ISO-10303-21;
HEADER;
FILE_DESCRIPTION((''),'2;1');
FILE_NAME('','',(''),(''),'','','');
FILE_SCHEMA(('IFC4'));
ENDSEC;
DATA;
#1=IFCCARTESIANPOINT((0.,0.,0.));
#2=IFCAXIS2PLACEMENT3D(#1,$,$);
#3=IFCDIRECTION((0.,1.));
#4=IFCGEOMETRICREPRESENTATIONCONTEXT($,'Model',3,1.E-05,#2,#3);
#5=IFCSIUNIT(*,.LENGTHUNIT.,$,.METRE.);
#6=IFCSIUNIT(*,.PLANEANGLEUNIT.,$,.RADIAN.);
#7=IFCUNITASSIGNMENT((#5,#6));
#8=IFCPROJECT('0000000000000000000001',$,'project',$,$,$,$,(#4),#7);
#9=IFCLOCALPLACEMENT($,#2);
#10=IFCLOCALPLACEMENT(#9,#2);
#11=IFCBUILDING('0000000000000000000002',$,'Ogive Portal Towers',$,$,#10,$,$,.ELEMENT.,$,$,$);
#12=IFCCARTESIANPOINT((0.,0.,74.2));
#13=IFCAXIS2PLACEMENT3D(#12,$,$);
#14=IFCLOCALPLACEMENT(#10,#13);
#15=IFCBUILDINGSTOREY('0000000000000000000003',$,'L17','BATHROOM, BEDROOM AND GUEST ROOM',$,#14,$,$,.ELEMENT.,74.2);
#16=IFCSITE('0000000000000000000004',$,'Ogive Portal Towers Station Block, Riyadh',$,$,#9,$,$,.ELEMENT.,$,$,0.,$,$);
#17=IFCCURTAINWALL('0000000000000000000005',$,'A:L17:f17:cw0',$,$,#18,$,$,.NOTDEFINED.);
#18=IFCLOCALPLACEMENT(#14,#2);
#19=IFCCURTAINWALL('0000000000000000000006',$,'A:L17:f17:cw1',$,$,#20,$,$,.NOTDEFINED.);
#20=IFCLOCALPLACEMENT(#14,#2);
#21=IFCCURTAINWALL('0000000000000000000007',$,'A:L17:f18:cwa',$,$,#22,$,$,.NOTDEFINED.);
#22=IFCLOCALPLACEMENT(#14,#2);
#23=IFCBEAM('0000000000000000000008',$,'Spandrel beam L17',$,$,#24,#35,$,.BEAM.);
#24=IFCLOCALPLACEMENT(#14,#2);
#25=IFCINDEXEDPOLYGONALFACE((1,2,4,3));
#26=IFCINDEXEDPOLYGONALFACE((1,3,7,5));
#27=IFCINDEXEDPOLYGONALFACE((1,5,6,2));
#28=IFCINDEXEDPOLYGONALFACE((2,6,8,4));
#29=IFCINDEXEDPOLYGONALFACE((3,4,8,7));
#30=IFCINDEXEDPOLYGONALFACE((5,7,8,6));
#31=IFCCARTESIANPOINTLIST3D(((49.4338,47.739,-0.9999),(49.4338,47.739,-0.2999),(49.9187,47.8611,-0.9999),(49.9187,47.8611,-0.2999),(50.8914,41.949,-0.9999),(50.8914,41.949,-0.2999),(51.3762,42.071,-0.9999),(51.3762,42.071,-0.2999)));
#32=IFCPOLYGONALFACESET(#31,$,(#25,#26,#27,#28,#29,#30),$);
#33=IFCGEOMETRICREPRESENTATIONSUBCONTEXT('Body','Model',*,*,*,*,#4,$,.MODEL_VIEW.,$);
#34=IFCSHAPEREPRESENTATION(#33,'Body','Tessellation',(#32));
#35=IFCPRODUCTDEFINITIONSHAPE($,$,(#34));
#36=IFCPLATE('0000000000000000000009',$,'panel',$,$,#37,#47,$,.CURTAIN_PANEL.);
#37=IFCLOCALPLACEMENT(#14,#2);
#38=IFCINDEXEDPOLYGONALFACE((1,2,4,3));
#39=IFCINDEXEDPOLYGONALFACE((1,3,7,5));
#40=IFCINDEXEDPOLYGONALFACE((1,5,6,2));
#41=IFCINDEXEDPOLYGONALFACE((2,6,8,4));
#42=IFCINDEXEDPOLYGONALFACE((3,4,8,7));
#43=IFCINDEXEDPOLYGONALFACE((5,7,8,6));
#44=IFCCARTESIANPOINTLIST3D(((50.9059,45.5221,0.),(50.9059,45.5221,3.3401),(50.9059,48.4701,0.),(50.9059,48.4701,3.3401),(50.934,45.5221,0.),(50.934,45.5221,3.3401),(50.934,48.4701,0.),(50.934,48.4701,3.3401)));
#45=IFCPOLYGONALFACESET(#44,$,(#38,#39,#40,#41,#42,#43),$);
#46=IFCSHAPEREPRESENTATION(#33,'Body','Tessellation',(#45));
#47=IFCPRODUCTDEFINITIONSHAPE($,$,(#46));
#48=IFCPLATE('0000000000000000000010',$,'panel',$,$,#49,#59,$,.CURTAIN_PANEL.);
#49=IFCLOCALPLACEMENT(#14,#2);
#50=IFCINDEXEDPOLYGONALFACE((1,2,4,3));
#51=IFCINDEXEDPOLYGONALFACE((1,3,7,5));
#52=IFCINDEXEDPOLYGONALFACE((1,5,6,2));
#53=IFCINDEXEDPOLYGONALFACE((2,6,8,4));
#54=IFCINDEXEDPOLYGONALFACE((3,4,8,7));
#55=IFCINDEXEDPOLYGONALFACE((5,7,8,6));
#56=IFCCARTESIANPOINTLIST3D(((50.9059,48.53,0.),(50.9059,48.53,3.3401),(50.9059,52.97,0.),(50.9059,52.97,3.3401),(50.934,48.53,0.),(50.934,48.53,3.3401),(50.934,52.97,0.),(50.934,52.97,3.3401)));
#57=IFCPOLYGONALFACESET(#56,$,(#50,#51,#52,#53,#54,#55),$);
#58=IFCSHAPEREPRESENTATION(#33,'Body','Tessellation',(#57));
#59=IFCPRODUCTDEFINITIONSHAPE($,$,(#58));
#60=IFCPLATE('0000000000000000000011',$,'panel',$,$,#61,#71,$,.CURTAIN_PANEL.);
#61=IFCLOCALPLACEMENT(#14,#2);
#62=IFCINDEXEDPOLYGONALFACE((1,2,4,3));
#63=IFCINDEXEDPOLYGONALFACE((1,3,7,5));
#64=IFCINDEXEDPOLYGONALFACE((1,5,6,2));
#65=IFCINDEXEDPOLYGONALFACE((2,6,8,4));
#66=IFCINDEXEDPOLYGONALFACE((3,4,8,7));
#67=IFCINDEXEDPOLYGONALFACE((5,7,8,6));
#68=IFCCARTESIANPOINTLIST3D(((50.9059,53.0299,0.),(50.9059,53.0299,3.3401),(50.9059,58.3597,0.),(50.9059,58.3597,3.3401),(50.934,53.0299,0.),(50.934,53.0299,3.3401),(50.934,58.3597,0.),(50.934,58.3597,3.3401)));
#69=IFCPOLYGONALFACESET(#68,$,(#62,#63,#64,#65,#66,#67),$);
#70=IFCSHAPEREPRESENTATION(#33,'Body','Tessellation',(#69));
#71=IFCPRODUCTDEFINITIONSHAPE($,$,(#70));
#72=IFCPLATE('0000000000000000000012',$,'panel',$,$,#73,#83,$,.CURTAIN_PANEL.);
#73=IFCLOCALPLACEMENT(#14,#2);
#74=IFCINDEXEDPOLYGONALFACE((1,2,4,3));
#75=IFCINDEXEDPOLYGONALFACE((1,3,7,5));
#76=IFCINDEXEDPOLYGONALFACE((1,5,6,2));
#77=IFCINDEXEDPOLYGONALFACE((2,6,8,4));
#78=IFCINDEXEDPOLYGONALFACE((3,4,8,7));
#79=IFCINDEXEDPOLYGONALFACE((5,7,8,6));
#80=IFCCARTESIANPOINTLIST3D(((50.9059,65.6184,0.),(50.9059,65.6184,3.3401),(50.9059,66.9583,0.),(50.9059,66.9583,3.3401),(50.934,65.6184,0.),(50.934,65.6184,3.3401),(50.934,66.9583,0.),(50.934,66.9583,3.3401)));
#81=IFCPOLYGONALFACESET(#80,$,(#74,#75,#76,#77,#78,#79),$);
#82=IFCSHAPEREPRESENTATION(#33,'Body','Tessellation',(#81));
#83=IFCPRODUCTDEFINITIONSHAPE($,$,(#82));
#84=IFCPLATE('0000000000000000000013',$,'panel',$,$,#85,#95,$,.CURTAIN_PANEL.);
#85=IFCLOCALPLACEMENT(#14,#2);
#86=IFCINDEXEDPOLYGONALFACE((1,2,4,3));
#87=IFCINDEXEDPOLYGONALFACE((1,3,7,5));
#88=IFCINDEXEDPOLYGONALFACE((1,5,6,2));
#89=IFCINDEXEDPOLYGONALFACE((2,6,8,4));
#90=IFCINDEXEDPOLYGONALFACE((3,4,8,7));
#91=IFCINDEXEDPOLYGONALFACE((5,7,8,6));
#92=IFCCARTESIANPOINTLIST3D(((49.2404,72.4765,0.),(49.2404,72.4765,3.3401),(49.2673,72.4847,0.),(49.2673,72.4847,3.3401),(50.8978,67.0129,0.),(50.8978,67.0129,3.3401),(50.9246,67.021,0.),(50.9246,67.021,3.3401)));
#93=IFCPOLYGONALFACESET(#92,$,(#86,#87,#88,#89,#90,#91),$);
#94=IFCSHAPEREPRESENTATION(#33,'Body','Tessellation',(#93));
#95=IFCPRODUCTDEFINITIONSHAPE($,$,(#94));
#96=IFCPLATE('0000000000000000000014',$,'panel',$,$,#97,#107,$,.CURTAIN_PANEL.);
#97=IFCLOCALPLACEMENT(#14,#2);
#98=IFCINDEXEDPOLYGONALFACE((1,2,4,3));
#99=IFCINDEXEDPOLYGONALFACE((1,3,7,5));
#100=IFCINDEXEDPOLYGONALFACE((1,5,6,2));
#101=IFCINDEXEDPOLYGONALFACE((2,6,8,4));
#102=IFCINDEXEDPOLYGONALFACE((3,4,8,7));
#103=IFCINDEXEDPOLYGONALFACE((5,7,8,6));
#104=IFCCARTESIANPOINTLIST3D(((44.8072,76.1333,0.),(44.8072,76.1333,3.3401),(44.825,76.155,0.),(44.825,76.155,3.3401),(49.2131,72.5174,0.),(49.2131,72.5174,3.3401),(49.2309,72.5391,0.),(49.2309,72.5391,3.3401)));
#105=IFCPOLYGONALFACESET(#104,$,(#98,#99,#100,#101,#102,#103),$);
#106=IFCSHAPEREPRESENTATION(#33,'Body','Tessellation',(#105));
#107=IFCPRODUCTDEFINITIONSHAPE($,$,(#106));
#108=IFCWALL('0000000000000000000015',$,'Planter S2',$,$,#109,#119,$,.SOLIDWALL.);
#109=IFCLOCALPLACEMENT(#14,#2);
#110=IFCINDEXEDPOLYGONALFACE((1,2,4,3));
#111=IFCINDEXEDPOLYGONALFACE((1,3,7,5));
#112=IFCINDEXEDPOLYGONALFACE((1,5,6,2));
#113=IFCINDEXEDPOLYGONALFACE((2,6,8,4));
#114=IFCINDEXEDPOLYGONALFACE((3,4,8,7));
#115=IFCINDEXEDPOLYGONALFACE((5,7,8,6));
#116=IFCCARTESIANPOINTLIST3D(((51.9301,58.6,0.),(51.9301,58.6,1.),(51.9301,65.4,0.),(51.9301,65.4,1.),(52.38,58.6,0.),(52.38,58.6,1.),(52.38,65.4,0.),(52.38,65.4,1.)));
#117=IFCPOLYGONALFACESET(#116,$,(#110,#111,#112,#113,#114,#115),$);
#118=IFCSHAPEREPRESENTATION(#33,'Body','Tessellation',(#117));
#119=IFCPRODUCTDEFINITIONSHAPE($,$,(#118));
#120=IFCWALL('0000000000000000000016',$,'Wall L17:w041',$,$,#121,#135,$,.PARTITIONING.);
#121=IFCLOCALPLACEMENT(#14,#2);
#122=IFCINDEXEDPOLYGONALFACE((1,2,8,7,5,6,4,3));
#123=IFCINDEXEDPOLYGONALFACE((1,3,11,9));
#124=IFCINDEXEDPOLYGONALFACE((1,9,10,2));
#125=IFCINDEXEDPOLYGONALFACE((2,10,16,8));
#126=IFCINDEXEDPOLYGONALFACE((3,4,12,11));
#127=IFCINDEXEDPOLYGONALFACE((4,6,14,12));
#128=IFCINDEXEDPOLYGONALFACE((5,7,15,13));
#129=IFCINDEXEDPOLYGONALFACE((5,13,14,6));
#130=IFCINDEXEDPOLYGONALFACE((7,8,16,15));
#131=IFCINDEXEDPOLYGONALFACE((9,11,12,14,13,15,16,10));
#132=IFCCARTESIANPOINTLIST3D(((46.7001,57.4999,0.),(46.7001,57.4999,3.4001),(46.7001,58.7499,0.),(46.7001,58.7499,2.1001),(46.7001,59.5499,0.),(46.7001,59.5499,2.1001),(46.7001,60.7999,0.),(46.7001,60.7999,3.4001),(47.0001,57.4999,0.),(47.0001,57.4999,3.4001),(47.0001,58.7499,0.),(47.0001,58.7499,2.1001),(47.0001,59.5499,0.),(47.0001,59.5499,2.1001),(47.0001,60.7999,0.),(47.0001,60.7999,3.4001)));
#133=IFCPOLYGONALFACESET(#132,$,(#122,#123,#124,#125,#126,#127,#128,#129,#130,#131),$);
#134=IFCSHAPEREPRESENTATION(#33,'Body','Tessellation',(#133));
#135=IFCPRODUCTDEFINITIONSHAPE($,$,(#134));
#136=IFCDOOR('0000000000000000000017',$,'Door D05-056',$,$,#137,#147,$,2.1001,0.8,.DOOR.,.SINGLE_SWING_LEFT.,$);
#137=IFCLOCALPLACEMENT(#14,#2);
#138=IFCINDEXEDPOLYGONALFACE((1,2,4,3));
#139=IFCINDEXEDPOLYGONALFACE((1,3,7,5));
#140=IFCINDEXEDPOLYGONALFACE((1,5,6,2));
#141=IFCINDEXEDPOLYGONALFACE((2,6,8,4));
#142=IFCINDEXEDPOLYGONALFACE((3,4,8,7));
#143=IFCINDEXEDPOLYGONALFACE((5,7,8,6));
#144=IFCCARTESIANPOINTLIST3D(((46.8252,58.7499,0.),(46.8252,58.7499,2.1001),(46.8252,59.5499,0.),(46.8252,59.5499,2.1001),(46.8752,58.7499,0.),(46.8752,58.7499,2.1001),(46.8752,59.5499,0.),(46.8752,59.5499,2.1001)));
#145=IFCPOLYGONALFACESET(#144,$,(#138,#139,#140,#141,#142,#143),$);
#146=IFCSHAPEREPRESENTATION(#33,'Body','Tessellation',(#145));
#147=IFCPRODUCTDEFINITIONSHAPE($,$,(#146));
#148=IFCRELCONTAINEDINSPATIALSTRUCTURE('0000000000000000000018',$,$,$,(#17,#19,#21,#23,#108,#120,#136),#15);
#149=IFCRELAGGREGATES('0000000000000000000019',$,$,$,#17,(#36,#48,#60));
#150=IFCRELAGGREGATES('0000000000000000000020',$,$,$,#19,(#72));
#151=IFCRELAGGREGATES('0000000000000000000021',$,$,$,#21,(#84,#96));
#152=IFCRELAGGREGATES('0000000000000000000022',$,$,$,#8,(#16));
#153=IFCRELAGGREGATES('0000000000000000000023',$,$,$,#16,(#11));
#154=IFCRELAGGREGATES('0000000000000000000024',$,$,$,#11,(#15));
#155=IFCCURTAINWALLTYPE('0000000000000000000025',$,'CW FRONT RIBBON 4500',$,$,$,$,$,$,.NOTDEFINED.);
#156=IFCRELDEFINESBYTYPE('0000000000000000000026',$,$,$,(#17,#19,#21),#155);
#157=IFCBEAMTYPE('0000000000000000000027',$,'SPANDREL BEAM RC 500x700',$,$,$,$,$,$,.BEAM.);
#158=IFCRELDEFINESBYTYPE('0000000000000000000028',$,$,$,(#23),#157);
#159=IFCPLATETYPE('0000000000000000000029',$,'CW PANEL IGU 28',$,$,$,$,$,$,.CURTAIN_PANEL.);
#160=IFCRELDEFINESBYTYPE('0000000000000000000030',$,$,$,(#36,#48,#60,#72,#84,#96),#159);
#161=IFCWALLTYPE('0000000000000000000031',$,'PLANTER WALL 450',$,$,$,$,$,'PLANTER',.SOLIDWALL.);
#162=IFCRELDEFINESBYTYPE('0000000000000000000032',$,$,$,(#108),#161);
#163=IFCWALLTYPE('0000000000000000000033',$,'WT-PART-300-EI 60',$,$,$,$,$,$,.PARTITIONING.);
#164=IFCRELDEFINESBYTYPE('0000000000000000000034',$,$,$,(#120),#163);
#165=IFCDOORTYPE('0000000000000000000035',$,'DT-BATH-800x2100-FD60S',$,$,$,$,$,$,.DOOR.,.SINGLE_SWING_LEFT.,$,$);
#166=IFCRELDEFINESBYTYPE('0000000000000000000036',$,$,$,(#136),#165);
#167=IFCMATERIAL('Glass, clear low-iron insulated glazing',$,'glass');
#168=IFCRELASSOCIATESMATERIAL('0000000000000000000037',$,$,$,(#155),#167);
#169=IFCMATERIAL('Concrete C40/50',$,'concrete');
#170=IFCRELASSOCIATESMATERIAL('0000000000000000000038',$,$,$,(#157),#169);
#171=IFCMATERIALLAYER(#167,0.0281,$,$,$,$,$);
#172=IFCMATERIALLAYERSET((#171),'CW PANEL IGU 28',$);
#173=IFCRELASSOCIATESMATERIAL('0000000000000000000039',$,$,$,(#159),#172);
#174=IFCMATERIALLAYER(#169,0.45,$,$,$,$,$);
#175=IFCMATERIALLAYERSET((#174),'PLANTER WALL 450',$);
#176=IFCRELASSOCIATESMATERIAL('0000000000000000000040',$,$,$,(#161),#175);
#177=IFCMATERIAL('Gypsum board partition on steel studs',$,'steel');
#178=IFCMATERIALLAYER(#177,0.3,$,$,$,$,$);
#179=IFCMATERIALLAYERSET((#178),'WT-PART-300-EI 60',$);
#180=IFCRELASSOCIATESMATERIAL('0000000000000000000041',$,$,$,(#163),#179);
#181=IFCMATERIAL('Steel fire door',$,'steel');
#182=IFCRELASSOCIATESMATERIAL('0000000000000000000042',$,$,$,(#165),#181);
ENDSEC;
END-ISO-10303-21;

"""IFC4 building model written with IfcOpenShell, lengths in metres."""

from ifc_helpers import new_model, si_unit, direction, frame, frame_2d, origin, origin_2d, place, context, subcontext, project, spatial, rectangle, extrude, material, layer, layer_set, material_profile, profile_set, type_object, element, fill, aggregate, save


model = new_model("IFC4")

# Units and contexts
model_context = context("Model", 3, precision=1e-05, world=origin(), true_north=direction((0.0, 1.0)))
body_context = subcontext(model_context, "Body", "Model", "MODEL_VIEW")
ifc_project = project(units=[si_unit("LENGTHUNIT", "METRE"), si_unit("PLANEANGLEUNIT", "RADIAN")], contexts=[model_context])

# Site, building, storey
site_placement = place(None, origin())
site = spatial("IfcSite", under=ifc_project, at=site_placement, Name="Ogive Portal Towers Station Block, Riyadh", CompositionType="ELEMENT", RefElevation=0.0)
building_placement = place(site_placement, origin())
building = spatial("IfcBuilding", under=site, at=building_placement, Name="Ogive Portal Towers", CompositionType="ELEMENT")
storey_placement = place(building_placement, frame((0.0, 0.0, 74.2)))
storey = spatial("IfcBuildingStorey", under=building, at=storey_placement, Name="L17", Description="BATHROOM, BEDROOM AND GUEST ROOM", CompositionType="ELEMENT", Elevation=74.2)

# Curtain walls
ifc_material_1 = material(Name="Glass, clear low-iron insulated glazing", Category="glass")
curtain_wall_type = type_object("IfcCurtainWallType", Name="CW FRONT RIBBON 4500", PredefinedType="NOTDEFINED", material=ifc_material_1)
curtain_wall_1_placement = place(storey_placement, origin())
curtain_wall_1 = element("IfcCurtainWall", 1, at=curtain_wall_1_placement, inside=storey, type_object=curtain_wall_type, Name="A:L17:f17:cw0", PredefinedType="NOTDEFINED")
curtain_wall_2_placement = place(storey_placement, origin())
curtain_wall_2 = element("IfcCurtainWall", 2, at=curtain_wall_2_placement, inside=storey, type_object=curtain_wall_type, Name="A:L17:f17:cw1", PredefinedType="NOTDEFINED")

# Curtain wall
curtain_wall_3_placement = place(storey_placement, origin())
curtain_wall_3 = element("IfcCurtainWall", 3, at=curtain_wall_3_placement, inside=storey, type_object=curtain_wall_type, Name="A:L17:f18:cwa", PredefinedType="NOTDEFINED")

# Beam
ifc_material_2 = material(Name="Concrete C40/50", Category="concrete")
ifc_material_profile_1 = material_profile(ifc_material_2, rectangle(XDim=0.5, YDim=0.7, at=origin_2d()), Name="RC 500x700")
ifc_profile_set_1 = profile_set([ifc_material_profile_1], Name="Concrete C40/50")
beam_type = type_object("IfcBeamType", Name="SPANDREL BEAM RC 500x700", PredefinedType="BEAM", material=ifc_profile_set_1)
beam_placement = place(storey_placement, frame((49.6763, 47.8, -0.6499), z_axis=(0.244113, -0.969747, 0.0), x_axis=(0.969747, 0.244113, 0.0)))
element("IfcBeam", 4, at=beam_placement, inside=storey, type_object=beam_type, Name="Spandrel beam L17", PredefinedType="BEAM", context=body_context, shape_type="SweptSolid", body=[
    extrude(rectangle(XDim=0.5, YDim=0.7, at=origin_2d()), origin(), (0.0, 0.0, 1.0), 5.9707),
])

# Plates
ifc_layer_1 = layer(ifc_material_1, 0.0281)
ifc_layer_set_1 = layer_set([ifc_layer_1], Name="CW PANEL IGU 28")
plate_type = type_object("IfcPlateType", Name="CW PANEL IGU 28", PredefinedType="CURTAIN_PANEL", material=ifc_layer_set_1)
plate_1_placement = place(storey_placement, frame((50.9199, 46.9961, 0.0), z_axis=(0.0, 0.0, 1.0), x_axis=(0.0, 1.0, 0.0)))
plate_1 = element("IfcPlate", 5, at=plate_1_placement, type_object=plate_type, Name="panel", PredefinedType="CURTAIN_PANEL", context=body_context, shape_type="SweptSolid", body=[
    extrude(rectangle(XDim=2.948, YDim=0.0281, at=origin_2d()), origin(), (0.0, 0.0, 1.0), 3.3401),
])
plate_2_placement = place(storey_placement, frame((50.9199, 50.75, 0.0), z_axis=(0.0, 0.0, 1.0), x_axis=(0.0, 1.0, 0.0)))
plate_2 = element("IfcPlate", 6, at=plate_2_placement, type_object=plate_type, Name="panel", PredefinedType="CURTAIN_PANEL", context=body_context, shape_type="SweptSolid", body=[
    extrude(rectangle(XDim=4.4399, YDim=0.0281, at=origin_2d()), origin(), (0.0, 0.0, 1.0), 3.3401),
])
plate_3_placement = place(storey_placement, frame((50.9199, 55.6948, 0.0), z_axis=(0.0, 0.0, 1.0), x_axis=(0.0, 1.0, 0.0)))
plate_3 = element("IfcPlate", 7, at=plate_3_placement, type_object=plate_type, Name="panel", PredefinedType="CURTAIN_PANEL", context=body_context, shape_type="SweptSolid", body=[
    extrude(rectangle(XDim=5.3298, YDim=0.0281, at=origin_2d()), origin(), (0.0, 0.0, 1.0), 3.3401),
])
aggregate(curtain_wall_1, [plate_1, plate_2, plate_3])
plate_4_placement = place(storey_placement, frame((50.9199, 66.2883, 0.0), z_axis=(0.0, 0.0, 1.0), x_axis=(0.0, 1.0, 0.0)))
plate_4 = element("IfcPlate", 8, at=plate_4_placement, type_object=plate_type, Name="panel", PredefinedType="CURTAIN_PANEL", context=body_context, shape_type="SweptSolid", body=[
    extrude(rectangle(XDim=1.3398, YDim=0.0281, at=origin_2d()), origin(), (0.0, 0.0, 1.0), 3.3401),
])
aggregate(curtain_wall_2, [plate_4])
plate_5_placement = place(storey_placement, frame((50.0825, 69.7488, 0.0), z_axis=(0.0, 0.0, 1.0), x_axis=(-0.290285, 0.95694, 0.0)))
plate_5 = element("IfcPlate", 9, at=plate_5_placement, type_object=plate_type, Name="panel", PredefinedType="CURTAIN_PANEL", context=body_context, shape_type="SweptSolid", body=[
    extrude(rectangle(XDim=5.7095, YDim=0.0281, at=origin_2d()), origin(), (0.0, 0.0, 1.0), 3.3401),
])
plate_6_placement = place(storey_placement, frame((47.019, 74.3362, 0.0), z_axis=(0.0, 0.0, 1.0), x_axis=(-0.77301, 0.634393, 0.0)))
plate_6 = element("IfcPlate", 10, at=plate_6_placement, type_object=plate_type, Name="panel", PredefinedType="CURTAIN_PANEL", context=body_context, shape_type="SweptSolid", body=[
    extrude(rectangle(XDim=5.6997, YDim=0.0281, at=origin_2d()), origin(), (0.0, 0.0, 1.0), 3.3401),
])
aggregate(curtain_wall_3, [plate_5, plate_6])

# Wall
ifc_layer_2 = layer(ifc_material_2, 0.45)
ifc_layer_set_2 = layer_set([ifc_layer_2], Name="PLANTER WALL 450")
wall_type_1 = type_object("IfcWallType", Name="PLANTER WALL 450", ElementType="PLANTER", PredefinedType="SOLIDWALL", material=ifc_layer_set_2)
wall_1_placement = place(storey_placement, frame((52.155, 62.0, 0.0), z_axis=(0.0, 0.0, 1.0), x_axis=(1.0, 0.0, 0.0)))
element("IfcWall", 11, at=wall_1_placement, inside=storey, type_object=wall_type_1, Name="Planter S2", PredefinedType="SOLIDWALL", context=body_context, shape_type="SweptSolid", body=[
    extrude(rectangle(XDim=0.45, YDim=6.8, at=origin_2d()), origin(), (0.0, 0.0, 1.0), 1.0),
])

# Wall, opening, door
ifc_material_3 = material(Name="Gypsum board partition on steel studs", Category="steel")
ifc_layer_3 = layer(ifc_material_3, 0.3)
ifc_layer_set_3 = layer_set([ifc_layer_3], Name="WT-PART-300-EI 60")
wall_type_2 = type_object("IfcWallType", Name="WT-PART-300-EI 60", PredefinedType="PARTITIONING", material=ifc_layer_set_3)
wall_2_placement = place(storey_placement, frame((46.8501, 57.5, 0.0), z_axis=(0.0, 0.0, 1.0), x_axis=(0.0, 1.0, 0.0)))
wall_2 = element("IfcWall", 12, at=wall_2_placement, inside=storey, type_object=wall_type_2, Name="Wall L17:w041", PredefinedType="PARTITIONING", context=body_context, shape_type="SweptSolid", body=[
    extrude(rectangle(XDim=3.3, YDim=0.3, at=frame_2d((1.6499, 0.0))), origin(), (0.0, 0.0, 1.0), 3.4001),
])
opening_1_placement = place(wall_2_placement, frame((1.25, 0.0, 0.0)))
opening_1 = element("IfcOpeningElement", 13, at=opening_1_placement, cuts=wall_2, PredefinedType="OPENING", context=body_context, shape_type="SweptSolid", body=[
    extrude(rectangle(XDim=0.8, YDim=2.1001, at=frame_2d((0.3999, 1.05))), frame((0.0, 0.1602, 0.0), z_axis=(0.0, -1.0, 0.0), x_axis=(1.0, 0.0, 0.0)), (0.0, 0.0, 1.0), 0.3201),
])
ifc_material_4 = material(Name="Steel fire door", Category="steel")
door_type_1 = type_object("IfcDoorType", Name="DT-BATH-800x2100-FD60S", OperationType="SINGLE_SWING_LEFT", PredefinedType="DOOR", material=ifc_material_4)
door_1_placement = place(opening_1_placement, origin())
door_1 = element("IfcDoor", 14, at=door_1_placement, inside=storey, type_object=door_type_1, Name="Door D05-056", OperationType="SINGLE_SWING_LEFT", OverallHeight=2.1001, OverallWidth=0.8, PredefinedType="DOOR", context=body_context, shape_type="SweptSolid", body=[
    extrude(rectangle(XDim=0.8, YDim=2.1001, at=frame_2d((0.3999, 1.05))), frame((0.0, 0.0249, 0.0), z_axis=(0.0, -1.0, 0.0), x_axis=(1.0, 0.0, 0.0)), (0.0, 0.0, 1.0), 0.05),
])
fill(opening_1, door_1)

save(model, "model.ifc")
